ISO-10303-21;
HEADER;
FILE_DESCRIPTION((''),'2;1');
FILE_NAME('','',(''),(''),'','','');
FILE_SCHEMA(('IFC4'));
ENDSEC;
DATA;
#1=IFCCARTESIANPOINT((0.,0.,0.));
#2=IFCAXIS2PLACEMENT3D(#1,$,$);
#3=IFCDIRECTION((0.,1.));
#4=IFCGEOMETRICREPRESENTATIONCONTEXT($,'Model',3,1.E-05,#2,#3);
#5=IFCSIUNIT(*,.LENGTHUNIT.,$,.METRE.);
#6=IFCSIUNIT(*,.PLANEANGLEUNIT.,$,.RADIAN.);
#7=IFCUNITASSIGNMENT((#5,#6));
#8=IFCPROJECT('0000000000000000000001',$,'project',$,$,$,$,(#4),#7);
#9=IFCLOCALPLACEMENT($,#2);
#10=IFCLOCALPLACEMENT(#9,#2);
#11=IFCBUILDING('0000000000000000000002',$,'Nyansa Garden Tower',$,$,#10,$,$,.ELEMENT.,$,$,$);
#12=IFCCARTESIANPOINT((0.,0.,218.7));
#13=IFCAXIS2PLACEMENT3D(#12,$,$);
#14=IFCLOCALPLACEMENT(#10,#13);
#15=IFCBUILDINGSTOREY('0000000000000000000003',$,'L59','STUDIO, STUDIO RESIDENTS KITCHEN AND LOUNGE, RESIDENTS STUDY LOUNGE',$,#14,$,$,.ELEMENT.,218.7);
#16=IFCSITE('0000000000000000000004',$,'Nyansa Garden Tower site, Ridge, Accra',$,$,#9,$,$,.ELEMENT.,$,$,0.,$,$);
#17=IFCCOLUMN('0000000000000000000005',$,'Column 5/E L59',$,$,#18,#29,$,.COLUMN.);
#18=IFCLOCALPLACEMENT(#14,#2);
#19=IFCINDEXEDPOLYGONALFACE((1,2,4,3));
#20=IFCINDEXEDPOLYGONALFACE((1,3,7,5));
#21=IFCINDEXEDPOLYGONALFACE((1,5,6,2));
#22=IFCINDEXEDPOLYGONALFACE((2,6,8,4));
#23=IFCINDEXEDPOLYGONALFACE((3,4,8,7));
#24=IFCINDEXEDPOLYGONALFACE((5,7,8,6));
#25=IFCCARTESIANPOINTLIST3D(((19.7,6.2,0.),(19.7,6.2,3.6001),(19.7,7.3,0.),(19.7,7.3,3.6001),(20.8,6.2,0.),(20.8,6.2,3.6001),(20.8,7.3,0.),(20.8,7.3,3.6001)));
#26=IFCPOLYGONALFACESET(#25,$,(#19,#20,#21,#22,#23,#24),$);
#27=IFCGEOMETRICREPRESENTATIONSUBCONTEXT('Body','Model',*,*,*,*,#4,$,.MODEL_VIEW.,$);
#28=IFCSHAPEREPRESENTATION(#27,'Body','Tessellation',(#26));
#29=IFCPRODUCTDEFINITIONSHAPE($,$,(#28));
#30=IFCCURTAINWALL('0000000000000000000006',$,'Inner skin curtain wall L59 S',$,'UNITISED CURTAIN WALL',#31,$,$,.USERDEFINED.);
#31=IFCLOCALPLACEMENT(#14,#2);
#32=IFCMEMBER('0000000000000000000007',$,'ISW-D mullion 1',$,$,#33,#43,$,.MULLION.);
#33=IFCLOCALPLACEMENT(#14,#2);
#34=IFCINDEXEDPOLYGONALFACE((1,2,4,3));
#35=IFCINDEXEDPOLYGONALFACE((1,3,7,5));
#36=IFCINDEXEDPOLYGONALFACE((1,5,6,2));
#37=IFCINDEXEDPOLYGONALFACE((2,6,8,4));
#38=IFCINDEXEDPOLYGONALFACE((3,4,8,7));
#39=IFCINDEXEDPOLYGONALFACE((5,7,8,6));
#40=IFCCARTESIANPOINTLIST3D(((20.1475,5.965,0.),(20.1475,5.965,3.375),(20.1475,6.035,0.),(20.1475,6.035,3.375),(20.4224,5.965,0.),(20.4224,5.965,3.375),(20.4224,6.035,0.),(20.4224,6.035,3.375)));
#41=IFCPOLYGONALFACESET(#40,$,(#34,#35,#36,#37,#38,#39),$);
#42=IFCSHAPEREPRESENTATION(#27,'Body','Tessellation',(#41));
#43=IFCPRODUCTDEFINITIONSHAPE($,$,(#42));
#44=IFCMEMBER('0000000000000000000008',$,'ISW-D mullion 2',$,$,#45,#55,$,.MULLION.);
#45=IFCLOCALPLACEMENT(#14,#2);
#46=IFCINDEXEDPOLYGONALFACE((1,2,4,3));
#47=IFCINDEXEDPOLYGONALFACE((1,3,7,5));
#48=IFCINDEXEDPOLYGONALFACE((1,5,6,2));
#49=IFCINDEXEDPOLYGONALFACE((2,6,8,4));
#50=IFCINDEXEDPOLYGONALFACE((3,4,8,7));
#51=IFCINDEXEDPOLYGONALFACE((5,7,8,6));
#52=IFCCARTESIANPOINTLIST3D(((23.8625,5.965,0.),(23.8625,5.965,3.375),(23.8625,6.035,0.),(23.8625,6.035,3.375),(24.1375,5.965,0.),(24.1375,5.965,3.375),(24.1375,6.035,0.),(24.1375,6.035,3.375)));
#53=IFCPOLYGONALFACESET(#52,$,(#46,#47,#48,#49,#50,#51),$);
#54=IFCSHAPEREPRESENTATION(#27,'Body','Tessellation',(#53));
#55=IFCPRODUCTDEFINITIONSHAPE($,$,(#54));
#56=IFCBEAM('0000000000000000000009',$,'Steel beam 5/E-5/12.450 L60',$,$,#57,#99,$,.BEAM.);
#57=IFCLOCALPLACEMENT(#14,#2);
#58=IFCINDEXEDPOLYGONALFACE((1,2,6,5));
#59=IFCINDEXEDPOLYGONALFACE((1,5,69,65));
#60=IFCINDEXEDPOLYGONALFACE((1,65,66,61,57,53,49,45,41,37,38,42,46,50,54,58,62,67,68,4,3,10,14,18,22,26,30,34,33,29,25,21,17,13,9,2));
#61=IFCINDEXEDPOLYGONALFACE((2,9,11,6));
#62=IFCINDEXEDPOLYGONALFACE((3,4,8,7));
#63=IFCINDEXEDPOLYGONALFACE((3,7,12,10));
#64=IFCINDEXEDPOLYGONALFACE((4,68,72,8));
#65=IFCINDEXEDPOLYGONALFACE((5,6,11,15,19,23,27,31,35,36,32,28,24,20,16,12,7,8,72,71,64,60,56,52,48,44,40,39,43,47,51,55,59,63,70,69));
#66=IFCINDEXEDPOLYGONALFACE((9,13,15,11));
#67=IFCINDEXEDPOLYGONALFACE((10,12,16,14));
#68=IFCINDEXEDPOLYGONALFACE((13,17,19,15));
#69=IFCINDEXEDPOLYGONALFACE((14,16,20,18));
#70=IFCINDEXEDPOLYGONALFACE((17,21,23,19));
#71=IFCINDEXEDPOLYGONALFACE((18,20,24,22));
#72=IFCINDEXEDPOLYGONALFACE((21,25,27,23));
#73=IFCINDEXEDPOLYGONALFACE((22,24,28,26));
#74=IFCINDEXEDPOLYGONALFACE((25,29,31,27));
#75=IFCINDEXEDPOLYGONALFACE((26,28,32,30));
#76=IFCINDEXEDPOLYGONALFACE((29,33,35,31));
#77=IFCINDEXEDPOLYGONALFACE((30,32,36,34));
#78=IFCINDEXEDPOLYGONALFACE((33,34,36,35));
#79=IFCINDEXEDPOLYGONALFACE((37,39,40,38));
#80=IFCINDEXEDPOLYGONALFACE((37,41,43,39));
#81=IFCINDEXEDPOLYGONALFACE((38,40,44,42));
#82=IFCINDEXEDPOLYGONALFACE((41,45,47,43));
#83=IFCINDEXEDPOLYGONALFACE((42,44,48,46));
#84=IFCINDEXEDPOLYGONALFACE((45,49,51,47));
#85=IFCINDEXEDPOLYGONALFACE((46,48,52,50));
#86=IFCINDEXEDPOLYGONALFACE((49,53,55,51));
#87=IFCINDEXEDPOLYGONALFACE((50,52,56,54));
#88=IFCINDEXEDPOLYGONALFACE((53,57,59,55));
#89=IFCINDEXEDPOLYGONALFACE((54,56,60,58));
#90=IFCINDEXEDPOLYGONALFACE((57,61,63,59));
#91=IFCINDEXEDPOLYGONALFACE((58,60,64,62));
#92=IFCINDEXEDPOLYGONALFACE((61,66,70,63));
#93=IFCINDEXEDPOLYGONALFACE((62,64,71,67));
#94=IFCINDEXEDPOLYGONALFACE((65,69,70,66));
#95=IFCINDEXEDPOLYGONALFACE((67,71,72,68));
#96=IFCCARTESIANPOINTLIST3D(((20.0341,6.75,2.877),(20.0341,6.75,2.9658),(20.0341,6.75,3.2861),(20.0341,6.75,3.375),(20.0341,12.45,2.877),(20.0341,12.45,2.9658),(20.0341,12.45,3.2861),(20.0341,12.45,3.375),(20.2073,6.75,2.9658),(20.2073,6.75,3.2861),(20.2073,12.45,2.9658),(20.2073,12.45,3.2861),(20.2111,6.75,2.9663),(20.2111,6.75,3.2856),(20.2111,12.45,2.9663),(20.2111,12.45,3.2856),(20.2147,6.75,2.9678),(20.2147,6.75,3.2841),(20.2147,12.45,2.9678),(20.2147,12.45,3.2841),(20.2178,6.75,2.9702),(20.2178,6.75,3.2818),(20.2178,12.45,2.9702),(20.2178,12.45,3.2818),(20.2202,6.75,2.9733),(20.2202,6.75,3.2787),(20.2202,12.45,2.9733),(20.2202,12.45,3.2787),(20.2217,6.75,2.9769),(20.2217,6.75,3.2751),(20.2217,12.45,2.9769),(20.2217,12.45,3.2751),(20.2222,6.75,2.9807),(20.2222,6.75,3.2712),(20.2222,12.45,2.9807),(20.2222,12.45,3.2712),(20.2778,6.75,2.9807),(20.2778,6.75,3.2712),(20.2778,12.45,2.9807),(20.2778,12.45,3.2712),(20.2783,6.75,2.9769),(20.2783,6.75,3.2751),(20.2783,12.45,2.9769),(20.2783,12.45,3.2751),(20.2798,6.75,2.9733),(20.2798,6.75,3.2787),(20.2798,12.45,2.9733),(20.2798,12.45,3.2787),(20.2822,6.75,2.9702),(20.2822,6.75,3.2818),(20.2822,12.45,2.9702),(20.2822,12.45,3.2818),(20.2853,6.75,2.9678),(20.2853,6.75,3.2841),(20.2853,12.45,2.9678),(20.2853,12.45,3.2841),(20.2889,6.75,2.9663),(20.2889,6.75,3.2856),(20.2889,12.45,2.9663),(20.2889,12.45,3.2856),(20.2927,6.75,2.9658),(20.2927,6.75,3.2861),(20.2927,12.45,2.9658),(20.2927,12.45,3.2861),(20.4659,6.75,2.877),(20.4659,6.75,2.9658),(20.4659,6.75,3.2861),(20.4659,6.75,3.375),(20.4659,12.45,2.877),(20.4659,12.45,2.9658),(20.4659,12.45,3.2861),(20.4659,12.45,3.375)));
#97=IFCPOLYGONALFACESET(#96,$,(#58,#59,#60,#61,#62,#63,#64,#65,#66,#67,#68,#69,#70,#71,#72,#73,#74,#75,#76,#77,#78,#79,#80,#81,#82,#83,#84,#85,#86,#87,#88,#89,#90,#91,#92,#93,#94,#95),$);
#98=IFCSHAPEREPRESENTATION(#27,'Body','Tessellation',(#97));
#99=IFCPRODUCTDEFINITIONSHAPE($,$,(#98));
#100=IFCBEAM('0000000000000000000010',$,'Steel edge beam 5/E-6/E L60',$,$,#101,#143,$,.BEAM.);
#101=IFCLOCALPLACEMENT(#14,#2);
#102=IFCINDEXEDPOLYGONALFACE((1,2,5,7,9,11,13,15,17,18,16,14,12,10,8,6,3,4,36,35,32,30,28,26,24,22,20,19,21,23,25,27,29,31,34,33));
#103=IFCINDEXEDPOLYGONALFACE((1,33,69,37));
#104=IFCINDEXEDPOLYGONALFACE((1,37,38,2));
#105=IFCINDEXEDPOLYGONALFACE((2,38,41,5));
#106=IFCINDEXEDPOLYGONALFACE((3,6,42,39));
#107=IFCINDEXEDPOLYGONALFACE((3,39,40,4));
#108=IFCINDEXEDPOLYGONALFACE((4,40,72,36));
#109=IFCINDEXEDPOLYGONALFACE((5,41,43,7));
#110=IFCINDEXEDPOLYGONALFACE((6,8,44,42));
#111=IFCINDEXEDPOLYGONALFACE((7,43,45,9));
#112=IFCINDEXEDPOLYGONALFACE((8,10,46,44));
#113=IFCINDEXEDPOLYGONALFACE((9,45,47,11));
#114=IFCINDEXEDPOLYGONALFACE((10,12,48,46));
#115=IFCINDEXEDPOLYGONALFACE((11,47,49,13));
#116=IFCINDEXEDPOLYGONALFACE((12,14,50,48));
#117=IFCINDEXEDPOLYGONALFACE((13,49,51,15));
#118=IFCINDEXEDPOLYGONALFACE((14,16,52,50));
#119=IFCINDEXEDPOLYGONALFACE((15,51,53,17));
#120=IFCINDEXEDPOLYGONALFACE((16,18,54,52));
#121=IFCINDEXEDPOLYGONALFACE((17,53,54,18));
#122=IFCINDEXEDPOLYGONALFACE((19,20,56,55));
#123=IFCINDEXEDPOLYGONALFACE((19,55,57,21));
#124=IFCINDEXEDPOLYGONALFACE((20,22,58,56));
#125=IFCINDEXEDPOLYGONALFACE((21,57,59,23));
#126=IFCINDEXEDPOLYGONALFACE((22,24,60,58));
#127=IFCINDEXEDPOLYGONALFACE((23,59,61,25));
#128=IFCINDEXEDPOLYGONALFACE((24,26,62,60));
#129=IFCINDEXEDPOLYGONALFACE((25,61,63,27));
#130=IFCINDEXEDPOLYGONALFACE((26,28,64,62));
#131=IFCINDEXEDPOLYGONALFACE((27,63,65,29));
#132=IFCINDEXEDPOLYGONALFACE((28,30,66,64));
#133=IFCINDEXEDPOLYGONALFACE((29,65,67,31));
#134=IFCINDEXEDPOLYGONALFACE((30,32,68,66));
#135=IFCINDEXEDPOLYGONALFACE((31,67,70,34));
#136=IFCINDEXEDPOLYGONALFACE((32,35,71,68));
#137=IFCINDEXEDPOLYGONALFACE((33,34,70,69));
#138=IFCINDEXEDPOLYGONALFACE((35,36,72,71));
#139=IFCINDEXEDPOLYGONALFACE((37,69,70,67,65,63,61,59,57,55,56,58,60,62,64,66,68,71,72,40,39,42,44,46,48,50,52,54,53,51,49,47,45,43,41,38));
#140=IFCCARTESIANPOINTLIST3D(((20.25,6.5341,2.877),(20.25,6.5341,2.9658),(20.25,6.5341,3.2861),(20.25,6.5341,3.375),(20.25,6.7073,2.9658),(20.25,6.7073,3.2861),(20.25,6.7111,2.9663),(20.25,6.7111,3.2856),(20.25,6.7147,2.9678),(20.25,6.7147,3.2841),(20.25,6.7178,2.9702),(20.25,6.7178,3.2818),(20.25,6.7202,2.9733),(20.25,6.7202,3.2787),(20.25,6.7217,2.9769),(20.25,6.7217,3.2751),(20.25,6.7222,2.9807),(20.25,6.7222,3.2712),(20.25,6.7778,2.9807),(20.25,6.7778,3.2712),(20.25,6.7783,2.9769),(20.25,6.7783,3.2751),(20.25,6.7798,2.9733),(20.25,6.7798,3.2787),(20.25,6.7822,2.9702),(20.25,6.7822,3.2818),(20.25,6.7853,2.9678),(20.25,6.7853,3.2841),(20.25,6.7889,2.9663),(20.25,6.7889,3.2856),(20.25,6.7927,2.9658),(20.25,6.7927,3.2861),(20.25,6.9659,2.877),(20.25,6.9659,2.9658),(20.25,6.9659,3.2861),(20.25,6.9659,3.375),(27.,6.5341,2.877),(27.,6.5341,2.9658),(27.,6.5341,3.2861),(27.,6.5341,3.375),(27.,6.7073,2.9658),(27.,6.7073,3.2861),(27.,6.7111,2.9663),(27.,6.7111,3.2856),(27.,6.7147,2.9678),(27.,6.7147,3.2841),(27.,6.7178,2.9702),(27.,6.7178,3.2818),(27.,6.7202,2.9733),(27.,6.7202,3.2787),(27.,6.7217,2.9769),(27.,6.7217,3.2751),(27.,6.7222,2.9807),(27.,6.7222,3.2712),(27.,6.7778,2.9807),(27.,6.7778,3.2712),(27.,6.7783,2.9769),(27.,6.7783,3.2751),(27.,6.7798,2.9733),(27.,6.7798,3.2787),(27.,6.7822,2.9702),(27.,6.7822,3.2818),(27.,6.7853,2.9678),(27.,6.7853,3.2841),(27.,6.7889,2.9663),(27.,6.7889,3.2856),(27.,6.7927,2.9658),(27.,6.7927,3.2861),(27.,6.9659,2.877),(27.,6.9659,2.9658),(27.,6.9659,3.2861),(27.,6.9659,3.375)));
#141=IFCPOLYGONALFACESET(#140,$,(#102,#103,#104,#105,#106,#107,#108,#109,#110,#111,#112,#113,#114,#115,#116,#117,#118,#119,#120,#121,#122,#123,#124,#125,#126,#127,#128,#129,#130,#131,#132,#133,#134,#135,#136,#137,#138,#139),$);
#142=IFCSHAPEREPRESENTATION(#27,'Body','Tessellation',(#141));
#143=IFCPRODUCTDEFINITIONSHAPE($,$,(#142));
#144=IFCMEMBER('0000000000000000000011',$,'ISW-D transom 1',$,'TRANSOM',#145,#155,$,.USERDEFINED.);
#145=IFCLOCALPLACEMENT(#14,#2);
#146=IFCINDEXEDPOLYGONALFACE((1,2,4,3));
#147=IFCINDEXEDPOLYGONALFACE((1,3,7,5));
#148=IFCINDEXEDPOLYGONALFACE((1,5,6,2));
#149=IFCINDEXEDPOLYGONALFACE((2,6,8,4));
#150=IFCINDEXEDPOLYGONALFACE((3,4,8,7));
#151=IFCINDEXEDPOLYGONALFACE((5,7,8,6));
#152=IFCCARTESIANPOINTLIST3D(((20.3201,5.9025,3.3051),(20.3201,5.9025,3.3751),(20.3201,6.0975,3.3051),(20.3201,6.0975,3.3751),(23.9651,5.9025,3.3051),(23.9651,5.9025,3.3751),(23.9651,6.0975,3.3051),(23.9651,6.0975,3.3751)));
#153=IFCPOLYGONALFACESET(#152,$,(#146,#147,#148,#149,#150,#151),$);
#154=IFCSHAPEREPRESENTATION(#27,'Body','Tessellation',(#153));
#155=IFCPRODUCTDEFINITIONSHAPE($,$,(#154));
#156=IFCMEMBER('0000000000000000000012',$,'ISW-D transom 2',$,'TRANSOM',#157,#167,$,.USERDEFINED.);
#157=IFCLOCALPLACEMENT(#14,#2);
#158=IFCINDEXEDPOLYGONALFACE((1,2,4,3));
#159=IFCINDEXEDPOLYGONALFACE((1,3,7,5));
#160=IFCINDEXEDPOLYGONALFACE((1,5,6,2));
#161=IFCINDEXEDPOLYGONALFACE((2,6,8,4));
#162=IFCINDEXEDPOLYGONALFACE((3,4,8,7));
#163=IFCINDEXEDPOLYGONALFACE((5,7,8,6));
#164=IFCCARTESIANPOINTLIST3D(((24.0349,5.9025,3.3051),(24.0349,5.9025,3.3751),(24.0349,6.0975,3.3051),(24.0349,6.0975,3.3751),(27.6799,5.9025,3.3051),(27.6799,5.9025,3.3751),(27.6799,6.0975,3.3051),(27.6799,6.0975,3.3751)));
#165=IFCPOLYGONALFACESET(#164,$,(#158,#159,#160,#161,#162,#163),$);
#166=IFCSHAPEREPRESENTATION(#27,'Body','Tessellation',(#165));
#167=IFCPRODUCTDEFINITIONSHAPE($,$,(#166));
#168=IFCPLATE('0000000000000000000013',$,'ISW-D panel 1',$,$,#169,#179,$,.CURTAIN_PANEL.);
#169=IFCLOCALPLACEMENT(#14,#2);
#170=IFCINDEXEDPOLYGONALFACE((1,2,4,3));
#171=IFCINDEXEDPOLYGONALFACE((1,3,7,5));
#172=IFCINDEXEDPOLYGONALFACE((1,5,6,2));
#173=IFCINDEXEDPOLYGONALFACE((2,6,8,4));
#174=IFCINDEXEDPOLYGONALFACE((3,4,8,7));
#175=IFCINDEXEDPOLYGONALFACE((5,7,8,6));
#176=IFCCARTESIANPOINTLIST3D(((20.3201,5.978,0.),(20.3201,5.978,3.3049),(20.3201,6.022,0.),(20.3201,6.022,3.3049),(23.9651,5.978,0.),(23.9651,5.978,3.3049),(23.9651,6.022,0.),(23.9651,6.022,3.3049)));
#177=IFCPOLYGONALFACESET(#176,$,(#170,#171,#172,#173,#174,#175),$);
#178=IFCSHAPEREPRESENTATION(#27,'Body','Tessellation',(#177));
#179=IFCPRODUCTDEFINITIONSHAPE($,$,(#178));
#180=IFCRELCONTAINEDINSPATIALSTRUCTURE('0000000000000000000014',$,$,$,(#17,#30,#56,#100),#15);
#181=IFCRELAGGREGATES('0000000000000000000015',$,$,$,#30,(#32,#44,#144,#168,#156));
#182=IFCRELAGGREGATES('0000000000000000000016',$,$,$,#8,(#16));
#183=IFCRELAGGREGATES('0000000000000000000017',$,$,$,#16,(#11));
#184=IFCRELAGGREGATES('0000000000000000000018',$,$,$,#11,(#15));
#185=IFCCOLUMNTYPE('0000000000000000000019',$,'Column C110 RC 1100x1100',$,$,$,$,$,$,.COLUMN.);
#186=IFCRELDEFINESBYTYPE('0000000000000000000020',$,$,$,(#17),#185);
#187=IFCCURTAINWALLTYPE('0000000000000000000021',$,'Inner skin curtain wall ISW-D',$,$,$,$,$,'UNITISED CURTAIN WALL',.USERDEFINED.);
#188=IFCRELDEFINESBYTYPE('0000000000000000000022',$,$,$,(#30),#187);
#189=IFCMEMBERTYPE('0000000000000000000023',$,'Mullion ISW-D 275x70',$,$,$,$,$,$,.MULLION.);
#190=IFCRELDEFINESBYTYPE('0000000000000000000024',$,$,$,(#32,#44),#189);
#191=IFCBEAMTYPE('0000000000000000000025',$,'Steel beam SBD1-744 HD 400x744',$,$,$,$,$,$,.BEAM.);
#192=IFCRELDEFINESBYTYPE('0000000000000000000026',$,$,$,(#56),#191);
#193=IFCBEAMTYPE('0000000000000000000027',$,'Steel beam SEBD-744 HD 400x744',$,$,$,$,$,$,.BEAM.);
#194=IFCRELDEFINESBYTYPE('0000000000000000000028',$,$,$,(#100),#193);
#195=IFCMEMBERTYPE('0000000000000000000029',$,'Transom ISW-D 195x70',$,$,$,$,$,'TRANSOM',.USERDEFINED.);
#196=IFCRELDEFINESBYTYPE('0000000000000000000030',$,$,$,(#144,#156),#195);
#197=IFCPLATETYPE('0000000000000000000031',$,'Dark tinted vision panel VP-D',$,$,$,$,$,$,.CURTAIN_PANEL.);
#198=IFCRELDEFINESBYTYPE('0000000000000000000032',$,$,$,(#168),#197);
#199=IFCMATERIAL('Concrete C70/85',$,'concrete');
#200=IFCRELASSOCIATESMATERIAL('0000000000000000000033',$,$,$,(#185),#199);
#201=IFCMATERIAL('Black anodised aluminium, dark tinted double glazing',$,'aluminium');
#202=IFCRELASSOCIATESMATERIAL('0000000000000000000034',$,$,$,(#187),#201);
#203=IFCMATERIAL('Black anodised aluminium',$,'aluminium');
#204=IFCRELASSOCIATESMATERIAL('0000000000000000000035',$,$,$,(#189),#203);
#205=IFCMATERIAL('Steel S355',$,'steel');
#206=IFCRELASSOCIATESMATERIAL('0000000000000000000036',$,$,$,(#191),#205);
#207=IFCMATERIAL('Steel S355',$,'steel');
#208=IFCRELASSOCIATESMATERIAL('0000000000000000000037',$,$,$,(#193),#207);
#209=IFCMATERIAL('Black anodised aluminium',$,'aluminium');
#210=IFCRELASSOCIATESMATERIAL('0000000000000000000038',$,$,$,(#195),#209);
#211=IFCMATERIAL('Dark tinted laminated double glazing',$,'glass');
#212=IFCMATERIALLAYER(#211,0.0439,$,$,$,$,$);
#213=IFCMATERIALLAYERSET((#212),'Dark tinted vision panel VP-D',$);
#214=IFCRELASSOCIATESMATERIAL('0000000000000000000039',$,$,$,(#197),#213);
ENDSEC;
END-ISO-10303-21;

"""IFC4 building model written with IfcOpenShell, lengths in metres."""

from ifc_helpers import new_model, si_unit, direction, frame, origin, origin_2d, place, context, subcontext, project, spatial, rectangle, i_section, extrude, material, layer, layer_set, material_profile, profile_set, type_object, element, aggregate, save


model = new_model("IFC4")

# Units and contexts
model_context = context("Model", 3, precision=1e-05, world=origin(), true_north=direction((0.0, 1.0)))
body_context = subcontext(model_context, "Body", "Model", "MODEL_VIEW")
ifc_project = project(units=[si_unit("LENGTHUNIT", "METRE"), si_unit("PLANEANGLEUNIT", "RADIAN")], contexts=[model_context])

# Site, building, storey
site_placement = place(None, origin())
site = spatial("IfcSite", under=ifc_project, at=site_placement, Name="Nyansa Garden Tower site, Ridge, Accra", CompositionType="ELEMENT", RefElevation=0.0)
building_placement = place(site_placement, origin())
building = spatial("IfcBuilding", under=site, at=building_placement, Name="Nyansa Garden Tower", CompositionType="ELEMENT")
storey_placement = place(building_placement, frame((0.0, 0.0, 218.7)))
storey = spatial("IfcBuildingStorey", under=building, at=storey_placement, Name="L59", Description="STUDIO, STUDIO RESIDENTS KITCHEN AND LOUNGE, RESIDENTS STUDY LOUNGE", CompositionType="ELEMENT", Elevation=218.7)

# Column
ifc_material_1 = material(Name="Concrete C70/85", Category="concrete")
ifc_material_profile_1 = material_profile(ifc_material_1, rectangle(XDim=1.1001, YDim=1.1001, at=origin_2d()), Name="RC 1100x1100")
ifc_profile_set_1 = profile_set([ifc_material_profile_1], Name="Concrete C70/85")
column_type = type_object("IfcColumnType", Name="Column C110 RC 1100x1100", PredefinedType="COLUMN", material=ifc_profile_set_1)
column_placement = place(storey_placement, frame((20.25, 6.75, 0.0), z_axis=(0.0, 0.0, 1.0), x_axis=(1.0, 0.0, 0.0)))
element("IfcColumn", 1, at=column_placement, inside=storey, type_object=column_type, Name="Column 5/E L59", PredefinedType="COLUMN", context=body_context, shape_type="SweptSolid", body=[
    extrude(rectangle(XDim=1.1001, YDim=1.1001, at=origin_2d()), origin(), (0.0, 0.0, 1.0), 3.6001),
])

# Curtain wall, members
ifc_material_2 = material(Name="Black anodised aluminium, dark tinted double glazing", Category="aluminium")
curtain_wall_type = type_object("IfcCurtainWallType", Name="Inner skin curtain wall ISW-D", ElementType="UNITISED CURTAIN WALL", PredefinedType="USERDEFINED", material=ifc_material_2)
curtain_wall_placement = place(storey_placement, origin())
curtain_wall = element("IfcCurtainWall", 2, at=curtain_wall_placement, inside=storey, type_object=curtain_wall_type, Name="Inner skin curtain wall L59 S", ObjectType="UNITISED CURTAIN WALL", PredefinedType="USERDEFINED")
ifc_material_3 = material(Name="Black anodised aluminium", Category="aluminium")
ifc_material_profile_2 = material_profile(ifc_material_3, rectangle(XDim=0.0701, YDim=0.2749, at=origin_2d()), Name="Mullion 275x70")
ifc_profile_set_2 = profile_set([ifc_material_profile_2], Name="Black anodised aluminium")
member_type_1 = type_object("IfcMemberType", Name="Mullion ISW-D 275x70", PredefinedType="MULLION", material=ifc_profile_set_2)
member_1_placement = place(storey_placement, frame((20.2849, 6.0, 0.0), z_axis=(0.0, 0.0, 1.0), x_axis=(0.0, 1.0, 0.0)))
member_1 = element("IfcMember", 3, at=member_1_placement, type_object=member_type_1, Name="ISW-D mullion 1", PredefinedType="MULLION", context=body_context, shape_type="SweptSolid", body=[
    extrude(rectangle(XDim=0.0701, YDim=0.2749, at=origin_2d()), origin(), (0.0, 0.0, 1.0), 3.375),
])
member_2_placement = place(storey_placement, frame((24.0, 6.0, 0.0), z_axis=(0.0, 0.0, 1.0), x_axis=(0.0, 1.0, 0.0)))
member_2 = element("IfcMember", 4, at=member_2_placement, type_object=member_type_1, Name="ISW-D mullion 2", PredefinedType="MULLION", context=body_context, shape_type="SweptSolid", body=[
    extrude(rectangle(XDim=0.0701, YDim=0.2749, at=origin_2d()), origin(), (0.0, 0.0, 1.0), 3.375),
])

# Beams
ifc_material_4 = material(Name="Steel S355", Category="steel")
ifc_material_profile_3 = material_profile(ifc_material_4, i_section(OverallWidth=0.4319, OverallDepth=0.498, WebThickness=0.0557, FlangeThickness=0.0889, FilletRadius=0.0149, at=origin_2d()), Name="HD 400x744")
ifc_profile_set_3 = profile_set([ifc_material_profile_3], Name="Steel S355")
beam_type_1 = type_object("IfcBeamType", Name="Steel beam SBD1-744 HD 400x744", PredefinedType="BEAM", material=ifc_profile_set_3)
beam_1_placement = place(storey_placement, frame((20.25, 6.75, 3.126), z_axis=(0.0, 1.0, 0.0), x_axis=(-1.0, 0.0, 0.0)))
element("IfcBeam", 5, at=beam_1_placement, inside=storey, type_object=beam_type_1, Name="Steel beam 5/E-5/12.450 L60", PredefinedType="BEAM", context=body_context, shape_type="SweptSolid", body=[
    extrude(i_section(OverallWidth=0.4319, OverallDepth=0.498, WebThickness=0.0557, FlangeThickness=0.0889, FilletRadius=0.0149, at=origin_2d()), origin(), (0.0, 0.0, 1.0), 5.7),
])
ifc_material_5 = material(Name="Steel S355", Category="steel")
ifc_material_profile_4 = material_profile(ifc_material_5, i_section(OverallWidth=0.4319, OverallDepth=0.498, WebThickness=0.0557, FlangeThickness=0.0889, FilletRadius=0.0149, at=origin_2d()), Name="HD 400x744")
ifc_profile_set_4 = profile_set([ifc_material_profile_4], Name="Steel S355")
beam_type_2 = type_object("IfcBeamType", Name="Steel beam SEBD-744 HD 400x744", PredefinedType="BEAM", material=ifc_profile_set_4)
beam_2_placement = place(storey_placement, frame((20.25, 6.75, 3.126), z_axis=(1.0, 0.0, 0.0), x_axis=(0.0, 1.0, 0.0)))
element("IfcBeam", 6, at=beam_2_placement, inside=storey, type_object=beam_type_2, Name="Steel edge beam 5/E-6/E L60", PredefinedType="BEAM", context=body_context, shape_type="SweptSolid", body=[
    extrude(i_section(OverallWidth=0.4319, OverallDepth=0.498, WebThickness=0.0557, FlangeThickness=0.0889, FilletRadius=0.0149, at=origin_2d()), origin(), (0.0, 0.0, 1.0), 6.75),
])

# Members
ifc_material_6 = material(Name="Black anodised aluminium", Category="aluminium")
ifc_material_profile_5 = material_profile(ifc_material_6, rectangle(XDim=0.1951, YDim=0.0701, at=origin_2d()), Name="Transom 195x70")
ifc_profile_set_5 = profile_set([ifc_material_profile_5], Name="Black anodised aluminium")
member_type_2 = type_object("IfcMemberType", Name="Transom ISW-D 195x70", ElementType="TRANSOM", PredefinedType="USERDEFINED", material=ifc_profile_set_5)
member_3_placement = place(storey_placement, frame((20.3201, 6.0, 3.3401), z_axis=(1.0, 0.0, 0.0), x_axis=(0.0, 1.0, 0.0)))
member_3 = element("IfcMember", 7, at=member_3_placement, type_object=member_type_2, Name="ISW-D transom 1", ObjectType="TRANSOM", PredefinedType="USERDEFINED", context=body_context, shape_type="SweptSolid", body=[
    extrude(rectangle(XDim=0.1951, YDim=0.0701, at=origin_2d()), origin(), (0.0, 0.0, 1.0), 3.645),
])
member_4_placement = place(storey_placement, frame((24.0349, 6.0, 3.3401), z_axis=(1.0, 0.0, 0.0), x_axis=(0.0, 1.0, 0.0)))
member_4 = element("IfcMember", 8, at=member_4_placement, type_object=member_type_2, Name="ISW-D transom 2", ObjectType="TRANSOM", PredefinedType="USERDEFINED", context=body_context, shape_type="SweptSolid", body=[
    extrude(rectangle(XDim=0.1951, YDim=0.0701, at=origin_2d()), origin(), (0.0, 0.0, 1.0), 3.645),
])

# Plate
ifc_material_7 = material(Name="Dark tinted laminated double glazing", Category="glass")
ifc_layer_1 = layer(ifc_material_7, 0.0439)
ifc_layer_set_1 = layer_set([ifc_layer_1], Name="Dark tinted vision panel VP-D")
plate_type = type_object("IfcPlateType", Name="Dark tinted vision panel VP-D", PredefinedType="CURTAIN_PANEL", material=ifc_layer_set_1)
plate_1_placement = place(storey_placement, frame((22.1426, 6.0, 0.0), z_axis=(0.0, 0.0, 1.0), x_axis=(1.0, 0.0, 0.0)))
plate_1 = element("IfcPlate", 9, at=plate_1_placement, type_object=plate_type, Name="ISW-D panel 1", PredefinedType="CURTAIN_PANEL", context=body_context, shape_type="SweptSolid", body=[
    extrude(rectangle(XDim=3.645, YDim=0.0439, at=origin_2d()), origin(), (0.0, 0.0, 1.0), 3.3049),
])
aggregate(curtain_wall, [member_1, member_2, member_3, plate_1, member_4])

save(model, "model.ifc")
